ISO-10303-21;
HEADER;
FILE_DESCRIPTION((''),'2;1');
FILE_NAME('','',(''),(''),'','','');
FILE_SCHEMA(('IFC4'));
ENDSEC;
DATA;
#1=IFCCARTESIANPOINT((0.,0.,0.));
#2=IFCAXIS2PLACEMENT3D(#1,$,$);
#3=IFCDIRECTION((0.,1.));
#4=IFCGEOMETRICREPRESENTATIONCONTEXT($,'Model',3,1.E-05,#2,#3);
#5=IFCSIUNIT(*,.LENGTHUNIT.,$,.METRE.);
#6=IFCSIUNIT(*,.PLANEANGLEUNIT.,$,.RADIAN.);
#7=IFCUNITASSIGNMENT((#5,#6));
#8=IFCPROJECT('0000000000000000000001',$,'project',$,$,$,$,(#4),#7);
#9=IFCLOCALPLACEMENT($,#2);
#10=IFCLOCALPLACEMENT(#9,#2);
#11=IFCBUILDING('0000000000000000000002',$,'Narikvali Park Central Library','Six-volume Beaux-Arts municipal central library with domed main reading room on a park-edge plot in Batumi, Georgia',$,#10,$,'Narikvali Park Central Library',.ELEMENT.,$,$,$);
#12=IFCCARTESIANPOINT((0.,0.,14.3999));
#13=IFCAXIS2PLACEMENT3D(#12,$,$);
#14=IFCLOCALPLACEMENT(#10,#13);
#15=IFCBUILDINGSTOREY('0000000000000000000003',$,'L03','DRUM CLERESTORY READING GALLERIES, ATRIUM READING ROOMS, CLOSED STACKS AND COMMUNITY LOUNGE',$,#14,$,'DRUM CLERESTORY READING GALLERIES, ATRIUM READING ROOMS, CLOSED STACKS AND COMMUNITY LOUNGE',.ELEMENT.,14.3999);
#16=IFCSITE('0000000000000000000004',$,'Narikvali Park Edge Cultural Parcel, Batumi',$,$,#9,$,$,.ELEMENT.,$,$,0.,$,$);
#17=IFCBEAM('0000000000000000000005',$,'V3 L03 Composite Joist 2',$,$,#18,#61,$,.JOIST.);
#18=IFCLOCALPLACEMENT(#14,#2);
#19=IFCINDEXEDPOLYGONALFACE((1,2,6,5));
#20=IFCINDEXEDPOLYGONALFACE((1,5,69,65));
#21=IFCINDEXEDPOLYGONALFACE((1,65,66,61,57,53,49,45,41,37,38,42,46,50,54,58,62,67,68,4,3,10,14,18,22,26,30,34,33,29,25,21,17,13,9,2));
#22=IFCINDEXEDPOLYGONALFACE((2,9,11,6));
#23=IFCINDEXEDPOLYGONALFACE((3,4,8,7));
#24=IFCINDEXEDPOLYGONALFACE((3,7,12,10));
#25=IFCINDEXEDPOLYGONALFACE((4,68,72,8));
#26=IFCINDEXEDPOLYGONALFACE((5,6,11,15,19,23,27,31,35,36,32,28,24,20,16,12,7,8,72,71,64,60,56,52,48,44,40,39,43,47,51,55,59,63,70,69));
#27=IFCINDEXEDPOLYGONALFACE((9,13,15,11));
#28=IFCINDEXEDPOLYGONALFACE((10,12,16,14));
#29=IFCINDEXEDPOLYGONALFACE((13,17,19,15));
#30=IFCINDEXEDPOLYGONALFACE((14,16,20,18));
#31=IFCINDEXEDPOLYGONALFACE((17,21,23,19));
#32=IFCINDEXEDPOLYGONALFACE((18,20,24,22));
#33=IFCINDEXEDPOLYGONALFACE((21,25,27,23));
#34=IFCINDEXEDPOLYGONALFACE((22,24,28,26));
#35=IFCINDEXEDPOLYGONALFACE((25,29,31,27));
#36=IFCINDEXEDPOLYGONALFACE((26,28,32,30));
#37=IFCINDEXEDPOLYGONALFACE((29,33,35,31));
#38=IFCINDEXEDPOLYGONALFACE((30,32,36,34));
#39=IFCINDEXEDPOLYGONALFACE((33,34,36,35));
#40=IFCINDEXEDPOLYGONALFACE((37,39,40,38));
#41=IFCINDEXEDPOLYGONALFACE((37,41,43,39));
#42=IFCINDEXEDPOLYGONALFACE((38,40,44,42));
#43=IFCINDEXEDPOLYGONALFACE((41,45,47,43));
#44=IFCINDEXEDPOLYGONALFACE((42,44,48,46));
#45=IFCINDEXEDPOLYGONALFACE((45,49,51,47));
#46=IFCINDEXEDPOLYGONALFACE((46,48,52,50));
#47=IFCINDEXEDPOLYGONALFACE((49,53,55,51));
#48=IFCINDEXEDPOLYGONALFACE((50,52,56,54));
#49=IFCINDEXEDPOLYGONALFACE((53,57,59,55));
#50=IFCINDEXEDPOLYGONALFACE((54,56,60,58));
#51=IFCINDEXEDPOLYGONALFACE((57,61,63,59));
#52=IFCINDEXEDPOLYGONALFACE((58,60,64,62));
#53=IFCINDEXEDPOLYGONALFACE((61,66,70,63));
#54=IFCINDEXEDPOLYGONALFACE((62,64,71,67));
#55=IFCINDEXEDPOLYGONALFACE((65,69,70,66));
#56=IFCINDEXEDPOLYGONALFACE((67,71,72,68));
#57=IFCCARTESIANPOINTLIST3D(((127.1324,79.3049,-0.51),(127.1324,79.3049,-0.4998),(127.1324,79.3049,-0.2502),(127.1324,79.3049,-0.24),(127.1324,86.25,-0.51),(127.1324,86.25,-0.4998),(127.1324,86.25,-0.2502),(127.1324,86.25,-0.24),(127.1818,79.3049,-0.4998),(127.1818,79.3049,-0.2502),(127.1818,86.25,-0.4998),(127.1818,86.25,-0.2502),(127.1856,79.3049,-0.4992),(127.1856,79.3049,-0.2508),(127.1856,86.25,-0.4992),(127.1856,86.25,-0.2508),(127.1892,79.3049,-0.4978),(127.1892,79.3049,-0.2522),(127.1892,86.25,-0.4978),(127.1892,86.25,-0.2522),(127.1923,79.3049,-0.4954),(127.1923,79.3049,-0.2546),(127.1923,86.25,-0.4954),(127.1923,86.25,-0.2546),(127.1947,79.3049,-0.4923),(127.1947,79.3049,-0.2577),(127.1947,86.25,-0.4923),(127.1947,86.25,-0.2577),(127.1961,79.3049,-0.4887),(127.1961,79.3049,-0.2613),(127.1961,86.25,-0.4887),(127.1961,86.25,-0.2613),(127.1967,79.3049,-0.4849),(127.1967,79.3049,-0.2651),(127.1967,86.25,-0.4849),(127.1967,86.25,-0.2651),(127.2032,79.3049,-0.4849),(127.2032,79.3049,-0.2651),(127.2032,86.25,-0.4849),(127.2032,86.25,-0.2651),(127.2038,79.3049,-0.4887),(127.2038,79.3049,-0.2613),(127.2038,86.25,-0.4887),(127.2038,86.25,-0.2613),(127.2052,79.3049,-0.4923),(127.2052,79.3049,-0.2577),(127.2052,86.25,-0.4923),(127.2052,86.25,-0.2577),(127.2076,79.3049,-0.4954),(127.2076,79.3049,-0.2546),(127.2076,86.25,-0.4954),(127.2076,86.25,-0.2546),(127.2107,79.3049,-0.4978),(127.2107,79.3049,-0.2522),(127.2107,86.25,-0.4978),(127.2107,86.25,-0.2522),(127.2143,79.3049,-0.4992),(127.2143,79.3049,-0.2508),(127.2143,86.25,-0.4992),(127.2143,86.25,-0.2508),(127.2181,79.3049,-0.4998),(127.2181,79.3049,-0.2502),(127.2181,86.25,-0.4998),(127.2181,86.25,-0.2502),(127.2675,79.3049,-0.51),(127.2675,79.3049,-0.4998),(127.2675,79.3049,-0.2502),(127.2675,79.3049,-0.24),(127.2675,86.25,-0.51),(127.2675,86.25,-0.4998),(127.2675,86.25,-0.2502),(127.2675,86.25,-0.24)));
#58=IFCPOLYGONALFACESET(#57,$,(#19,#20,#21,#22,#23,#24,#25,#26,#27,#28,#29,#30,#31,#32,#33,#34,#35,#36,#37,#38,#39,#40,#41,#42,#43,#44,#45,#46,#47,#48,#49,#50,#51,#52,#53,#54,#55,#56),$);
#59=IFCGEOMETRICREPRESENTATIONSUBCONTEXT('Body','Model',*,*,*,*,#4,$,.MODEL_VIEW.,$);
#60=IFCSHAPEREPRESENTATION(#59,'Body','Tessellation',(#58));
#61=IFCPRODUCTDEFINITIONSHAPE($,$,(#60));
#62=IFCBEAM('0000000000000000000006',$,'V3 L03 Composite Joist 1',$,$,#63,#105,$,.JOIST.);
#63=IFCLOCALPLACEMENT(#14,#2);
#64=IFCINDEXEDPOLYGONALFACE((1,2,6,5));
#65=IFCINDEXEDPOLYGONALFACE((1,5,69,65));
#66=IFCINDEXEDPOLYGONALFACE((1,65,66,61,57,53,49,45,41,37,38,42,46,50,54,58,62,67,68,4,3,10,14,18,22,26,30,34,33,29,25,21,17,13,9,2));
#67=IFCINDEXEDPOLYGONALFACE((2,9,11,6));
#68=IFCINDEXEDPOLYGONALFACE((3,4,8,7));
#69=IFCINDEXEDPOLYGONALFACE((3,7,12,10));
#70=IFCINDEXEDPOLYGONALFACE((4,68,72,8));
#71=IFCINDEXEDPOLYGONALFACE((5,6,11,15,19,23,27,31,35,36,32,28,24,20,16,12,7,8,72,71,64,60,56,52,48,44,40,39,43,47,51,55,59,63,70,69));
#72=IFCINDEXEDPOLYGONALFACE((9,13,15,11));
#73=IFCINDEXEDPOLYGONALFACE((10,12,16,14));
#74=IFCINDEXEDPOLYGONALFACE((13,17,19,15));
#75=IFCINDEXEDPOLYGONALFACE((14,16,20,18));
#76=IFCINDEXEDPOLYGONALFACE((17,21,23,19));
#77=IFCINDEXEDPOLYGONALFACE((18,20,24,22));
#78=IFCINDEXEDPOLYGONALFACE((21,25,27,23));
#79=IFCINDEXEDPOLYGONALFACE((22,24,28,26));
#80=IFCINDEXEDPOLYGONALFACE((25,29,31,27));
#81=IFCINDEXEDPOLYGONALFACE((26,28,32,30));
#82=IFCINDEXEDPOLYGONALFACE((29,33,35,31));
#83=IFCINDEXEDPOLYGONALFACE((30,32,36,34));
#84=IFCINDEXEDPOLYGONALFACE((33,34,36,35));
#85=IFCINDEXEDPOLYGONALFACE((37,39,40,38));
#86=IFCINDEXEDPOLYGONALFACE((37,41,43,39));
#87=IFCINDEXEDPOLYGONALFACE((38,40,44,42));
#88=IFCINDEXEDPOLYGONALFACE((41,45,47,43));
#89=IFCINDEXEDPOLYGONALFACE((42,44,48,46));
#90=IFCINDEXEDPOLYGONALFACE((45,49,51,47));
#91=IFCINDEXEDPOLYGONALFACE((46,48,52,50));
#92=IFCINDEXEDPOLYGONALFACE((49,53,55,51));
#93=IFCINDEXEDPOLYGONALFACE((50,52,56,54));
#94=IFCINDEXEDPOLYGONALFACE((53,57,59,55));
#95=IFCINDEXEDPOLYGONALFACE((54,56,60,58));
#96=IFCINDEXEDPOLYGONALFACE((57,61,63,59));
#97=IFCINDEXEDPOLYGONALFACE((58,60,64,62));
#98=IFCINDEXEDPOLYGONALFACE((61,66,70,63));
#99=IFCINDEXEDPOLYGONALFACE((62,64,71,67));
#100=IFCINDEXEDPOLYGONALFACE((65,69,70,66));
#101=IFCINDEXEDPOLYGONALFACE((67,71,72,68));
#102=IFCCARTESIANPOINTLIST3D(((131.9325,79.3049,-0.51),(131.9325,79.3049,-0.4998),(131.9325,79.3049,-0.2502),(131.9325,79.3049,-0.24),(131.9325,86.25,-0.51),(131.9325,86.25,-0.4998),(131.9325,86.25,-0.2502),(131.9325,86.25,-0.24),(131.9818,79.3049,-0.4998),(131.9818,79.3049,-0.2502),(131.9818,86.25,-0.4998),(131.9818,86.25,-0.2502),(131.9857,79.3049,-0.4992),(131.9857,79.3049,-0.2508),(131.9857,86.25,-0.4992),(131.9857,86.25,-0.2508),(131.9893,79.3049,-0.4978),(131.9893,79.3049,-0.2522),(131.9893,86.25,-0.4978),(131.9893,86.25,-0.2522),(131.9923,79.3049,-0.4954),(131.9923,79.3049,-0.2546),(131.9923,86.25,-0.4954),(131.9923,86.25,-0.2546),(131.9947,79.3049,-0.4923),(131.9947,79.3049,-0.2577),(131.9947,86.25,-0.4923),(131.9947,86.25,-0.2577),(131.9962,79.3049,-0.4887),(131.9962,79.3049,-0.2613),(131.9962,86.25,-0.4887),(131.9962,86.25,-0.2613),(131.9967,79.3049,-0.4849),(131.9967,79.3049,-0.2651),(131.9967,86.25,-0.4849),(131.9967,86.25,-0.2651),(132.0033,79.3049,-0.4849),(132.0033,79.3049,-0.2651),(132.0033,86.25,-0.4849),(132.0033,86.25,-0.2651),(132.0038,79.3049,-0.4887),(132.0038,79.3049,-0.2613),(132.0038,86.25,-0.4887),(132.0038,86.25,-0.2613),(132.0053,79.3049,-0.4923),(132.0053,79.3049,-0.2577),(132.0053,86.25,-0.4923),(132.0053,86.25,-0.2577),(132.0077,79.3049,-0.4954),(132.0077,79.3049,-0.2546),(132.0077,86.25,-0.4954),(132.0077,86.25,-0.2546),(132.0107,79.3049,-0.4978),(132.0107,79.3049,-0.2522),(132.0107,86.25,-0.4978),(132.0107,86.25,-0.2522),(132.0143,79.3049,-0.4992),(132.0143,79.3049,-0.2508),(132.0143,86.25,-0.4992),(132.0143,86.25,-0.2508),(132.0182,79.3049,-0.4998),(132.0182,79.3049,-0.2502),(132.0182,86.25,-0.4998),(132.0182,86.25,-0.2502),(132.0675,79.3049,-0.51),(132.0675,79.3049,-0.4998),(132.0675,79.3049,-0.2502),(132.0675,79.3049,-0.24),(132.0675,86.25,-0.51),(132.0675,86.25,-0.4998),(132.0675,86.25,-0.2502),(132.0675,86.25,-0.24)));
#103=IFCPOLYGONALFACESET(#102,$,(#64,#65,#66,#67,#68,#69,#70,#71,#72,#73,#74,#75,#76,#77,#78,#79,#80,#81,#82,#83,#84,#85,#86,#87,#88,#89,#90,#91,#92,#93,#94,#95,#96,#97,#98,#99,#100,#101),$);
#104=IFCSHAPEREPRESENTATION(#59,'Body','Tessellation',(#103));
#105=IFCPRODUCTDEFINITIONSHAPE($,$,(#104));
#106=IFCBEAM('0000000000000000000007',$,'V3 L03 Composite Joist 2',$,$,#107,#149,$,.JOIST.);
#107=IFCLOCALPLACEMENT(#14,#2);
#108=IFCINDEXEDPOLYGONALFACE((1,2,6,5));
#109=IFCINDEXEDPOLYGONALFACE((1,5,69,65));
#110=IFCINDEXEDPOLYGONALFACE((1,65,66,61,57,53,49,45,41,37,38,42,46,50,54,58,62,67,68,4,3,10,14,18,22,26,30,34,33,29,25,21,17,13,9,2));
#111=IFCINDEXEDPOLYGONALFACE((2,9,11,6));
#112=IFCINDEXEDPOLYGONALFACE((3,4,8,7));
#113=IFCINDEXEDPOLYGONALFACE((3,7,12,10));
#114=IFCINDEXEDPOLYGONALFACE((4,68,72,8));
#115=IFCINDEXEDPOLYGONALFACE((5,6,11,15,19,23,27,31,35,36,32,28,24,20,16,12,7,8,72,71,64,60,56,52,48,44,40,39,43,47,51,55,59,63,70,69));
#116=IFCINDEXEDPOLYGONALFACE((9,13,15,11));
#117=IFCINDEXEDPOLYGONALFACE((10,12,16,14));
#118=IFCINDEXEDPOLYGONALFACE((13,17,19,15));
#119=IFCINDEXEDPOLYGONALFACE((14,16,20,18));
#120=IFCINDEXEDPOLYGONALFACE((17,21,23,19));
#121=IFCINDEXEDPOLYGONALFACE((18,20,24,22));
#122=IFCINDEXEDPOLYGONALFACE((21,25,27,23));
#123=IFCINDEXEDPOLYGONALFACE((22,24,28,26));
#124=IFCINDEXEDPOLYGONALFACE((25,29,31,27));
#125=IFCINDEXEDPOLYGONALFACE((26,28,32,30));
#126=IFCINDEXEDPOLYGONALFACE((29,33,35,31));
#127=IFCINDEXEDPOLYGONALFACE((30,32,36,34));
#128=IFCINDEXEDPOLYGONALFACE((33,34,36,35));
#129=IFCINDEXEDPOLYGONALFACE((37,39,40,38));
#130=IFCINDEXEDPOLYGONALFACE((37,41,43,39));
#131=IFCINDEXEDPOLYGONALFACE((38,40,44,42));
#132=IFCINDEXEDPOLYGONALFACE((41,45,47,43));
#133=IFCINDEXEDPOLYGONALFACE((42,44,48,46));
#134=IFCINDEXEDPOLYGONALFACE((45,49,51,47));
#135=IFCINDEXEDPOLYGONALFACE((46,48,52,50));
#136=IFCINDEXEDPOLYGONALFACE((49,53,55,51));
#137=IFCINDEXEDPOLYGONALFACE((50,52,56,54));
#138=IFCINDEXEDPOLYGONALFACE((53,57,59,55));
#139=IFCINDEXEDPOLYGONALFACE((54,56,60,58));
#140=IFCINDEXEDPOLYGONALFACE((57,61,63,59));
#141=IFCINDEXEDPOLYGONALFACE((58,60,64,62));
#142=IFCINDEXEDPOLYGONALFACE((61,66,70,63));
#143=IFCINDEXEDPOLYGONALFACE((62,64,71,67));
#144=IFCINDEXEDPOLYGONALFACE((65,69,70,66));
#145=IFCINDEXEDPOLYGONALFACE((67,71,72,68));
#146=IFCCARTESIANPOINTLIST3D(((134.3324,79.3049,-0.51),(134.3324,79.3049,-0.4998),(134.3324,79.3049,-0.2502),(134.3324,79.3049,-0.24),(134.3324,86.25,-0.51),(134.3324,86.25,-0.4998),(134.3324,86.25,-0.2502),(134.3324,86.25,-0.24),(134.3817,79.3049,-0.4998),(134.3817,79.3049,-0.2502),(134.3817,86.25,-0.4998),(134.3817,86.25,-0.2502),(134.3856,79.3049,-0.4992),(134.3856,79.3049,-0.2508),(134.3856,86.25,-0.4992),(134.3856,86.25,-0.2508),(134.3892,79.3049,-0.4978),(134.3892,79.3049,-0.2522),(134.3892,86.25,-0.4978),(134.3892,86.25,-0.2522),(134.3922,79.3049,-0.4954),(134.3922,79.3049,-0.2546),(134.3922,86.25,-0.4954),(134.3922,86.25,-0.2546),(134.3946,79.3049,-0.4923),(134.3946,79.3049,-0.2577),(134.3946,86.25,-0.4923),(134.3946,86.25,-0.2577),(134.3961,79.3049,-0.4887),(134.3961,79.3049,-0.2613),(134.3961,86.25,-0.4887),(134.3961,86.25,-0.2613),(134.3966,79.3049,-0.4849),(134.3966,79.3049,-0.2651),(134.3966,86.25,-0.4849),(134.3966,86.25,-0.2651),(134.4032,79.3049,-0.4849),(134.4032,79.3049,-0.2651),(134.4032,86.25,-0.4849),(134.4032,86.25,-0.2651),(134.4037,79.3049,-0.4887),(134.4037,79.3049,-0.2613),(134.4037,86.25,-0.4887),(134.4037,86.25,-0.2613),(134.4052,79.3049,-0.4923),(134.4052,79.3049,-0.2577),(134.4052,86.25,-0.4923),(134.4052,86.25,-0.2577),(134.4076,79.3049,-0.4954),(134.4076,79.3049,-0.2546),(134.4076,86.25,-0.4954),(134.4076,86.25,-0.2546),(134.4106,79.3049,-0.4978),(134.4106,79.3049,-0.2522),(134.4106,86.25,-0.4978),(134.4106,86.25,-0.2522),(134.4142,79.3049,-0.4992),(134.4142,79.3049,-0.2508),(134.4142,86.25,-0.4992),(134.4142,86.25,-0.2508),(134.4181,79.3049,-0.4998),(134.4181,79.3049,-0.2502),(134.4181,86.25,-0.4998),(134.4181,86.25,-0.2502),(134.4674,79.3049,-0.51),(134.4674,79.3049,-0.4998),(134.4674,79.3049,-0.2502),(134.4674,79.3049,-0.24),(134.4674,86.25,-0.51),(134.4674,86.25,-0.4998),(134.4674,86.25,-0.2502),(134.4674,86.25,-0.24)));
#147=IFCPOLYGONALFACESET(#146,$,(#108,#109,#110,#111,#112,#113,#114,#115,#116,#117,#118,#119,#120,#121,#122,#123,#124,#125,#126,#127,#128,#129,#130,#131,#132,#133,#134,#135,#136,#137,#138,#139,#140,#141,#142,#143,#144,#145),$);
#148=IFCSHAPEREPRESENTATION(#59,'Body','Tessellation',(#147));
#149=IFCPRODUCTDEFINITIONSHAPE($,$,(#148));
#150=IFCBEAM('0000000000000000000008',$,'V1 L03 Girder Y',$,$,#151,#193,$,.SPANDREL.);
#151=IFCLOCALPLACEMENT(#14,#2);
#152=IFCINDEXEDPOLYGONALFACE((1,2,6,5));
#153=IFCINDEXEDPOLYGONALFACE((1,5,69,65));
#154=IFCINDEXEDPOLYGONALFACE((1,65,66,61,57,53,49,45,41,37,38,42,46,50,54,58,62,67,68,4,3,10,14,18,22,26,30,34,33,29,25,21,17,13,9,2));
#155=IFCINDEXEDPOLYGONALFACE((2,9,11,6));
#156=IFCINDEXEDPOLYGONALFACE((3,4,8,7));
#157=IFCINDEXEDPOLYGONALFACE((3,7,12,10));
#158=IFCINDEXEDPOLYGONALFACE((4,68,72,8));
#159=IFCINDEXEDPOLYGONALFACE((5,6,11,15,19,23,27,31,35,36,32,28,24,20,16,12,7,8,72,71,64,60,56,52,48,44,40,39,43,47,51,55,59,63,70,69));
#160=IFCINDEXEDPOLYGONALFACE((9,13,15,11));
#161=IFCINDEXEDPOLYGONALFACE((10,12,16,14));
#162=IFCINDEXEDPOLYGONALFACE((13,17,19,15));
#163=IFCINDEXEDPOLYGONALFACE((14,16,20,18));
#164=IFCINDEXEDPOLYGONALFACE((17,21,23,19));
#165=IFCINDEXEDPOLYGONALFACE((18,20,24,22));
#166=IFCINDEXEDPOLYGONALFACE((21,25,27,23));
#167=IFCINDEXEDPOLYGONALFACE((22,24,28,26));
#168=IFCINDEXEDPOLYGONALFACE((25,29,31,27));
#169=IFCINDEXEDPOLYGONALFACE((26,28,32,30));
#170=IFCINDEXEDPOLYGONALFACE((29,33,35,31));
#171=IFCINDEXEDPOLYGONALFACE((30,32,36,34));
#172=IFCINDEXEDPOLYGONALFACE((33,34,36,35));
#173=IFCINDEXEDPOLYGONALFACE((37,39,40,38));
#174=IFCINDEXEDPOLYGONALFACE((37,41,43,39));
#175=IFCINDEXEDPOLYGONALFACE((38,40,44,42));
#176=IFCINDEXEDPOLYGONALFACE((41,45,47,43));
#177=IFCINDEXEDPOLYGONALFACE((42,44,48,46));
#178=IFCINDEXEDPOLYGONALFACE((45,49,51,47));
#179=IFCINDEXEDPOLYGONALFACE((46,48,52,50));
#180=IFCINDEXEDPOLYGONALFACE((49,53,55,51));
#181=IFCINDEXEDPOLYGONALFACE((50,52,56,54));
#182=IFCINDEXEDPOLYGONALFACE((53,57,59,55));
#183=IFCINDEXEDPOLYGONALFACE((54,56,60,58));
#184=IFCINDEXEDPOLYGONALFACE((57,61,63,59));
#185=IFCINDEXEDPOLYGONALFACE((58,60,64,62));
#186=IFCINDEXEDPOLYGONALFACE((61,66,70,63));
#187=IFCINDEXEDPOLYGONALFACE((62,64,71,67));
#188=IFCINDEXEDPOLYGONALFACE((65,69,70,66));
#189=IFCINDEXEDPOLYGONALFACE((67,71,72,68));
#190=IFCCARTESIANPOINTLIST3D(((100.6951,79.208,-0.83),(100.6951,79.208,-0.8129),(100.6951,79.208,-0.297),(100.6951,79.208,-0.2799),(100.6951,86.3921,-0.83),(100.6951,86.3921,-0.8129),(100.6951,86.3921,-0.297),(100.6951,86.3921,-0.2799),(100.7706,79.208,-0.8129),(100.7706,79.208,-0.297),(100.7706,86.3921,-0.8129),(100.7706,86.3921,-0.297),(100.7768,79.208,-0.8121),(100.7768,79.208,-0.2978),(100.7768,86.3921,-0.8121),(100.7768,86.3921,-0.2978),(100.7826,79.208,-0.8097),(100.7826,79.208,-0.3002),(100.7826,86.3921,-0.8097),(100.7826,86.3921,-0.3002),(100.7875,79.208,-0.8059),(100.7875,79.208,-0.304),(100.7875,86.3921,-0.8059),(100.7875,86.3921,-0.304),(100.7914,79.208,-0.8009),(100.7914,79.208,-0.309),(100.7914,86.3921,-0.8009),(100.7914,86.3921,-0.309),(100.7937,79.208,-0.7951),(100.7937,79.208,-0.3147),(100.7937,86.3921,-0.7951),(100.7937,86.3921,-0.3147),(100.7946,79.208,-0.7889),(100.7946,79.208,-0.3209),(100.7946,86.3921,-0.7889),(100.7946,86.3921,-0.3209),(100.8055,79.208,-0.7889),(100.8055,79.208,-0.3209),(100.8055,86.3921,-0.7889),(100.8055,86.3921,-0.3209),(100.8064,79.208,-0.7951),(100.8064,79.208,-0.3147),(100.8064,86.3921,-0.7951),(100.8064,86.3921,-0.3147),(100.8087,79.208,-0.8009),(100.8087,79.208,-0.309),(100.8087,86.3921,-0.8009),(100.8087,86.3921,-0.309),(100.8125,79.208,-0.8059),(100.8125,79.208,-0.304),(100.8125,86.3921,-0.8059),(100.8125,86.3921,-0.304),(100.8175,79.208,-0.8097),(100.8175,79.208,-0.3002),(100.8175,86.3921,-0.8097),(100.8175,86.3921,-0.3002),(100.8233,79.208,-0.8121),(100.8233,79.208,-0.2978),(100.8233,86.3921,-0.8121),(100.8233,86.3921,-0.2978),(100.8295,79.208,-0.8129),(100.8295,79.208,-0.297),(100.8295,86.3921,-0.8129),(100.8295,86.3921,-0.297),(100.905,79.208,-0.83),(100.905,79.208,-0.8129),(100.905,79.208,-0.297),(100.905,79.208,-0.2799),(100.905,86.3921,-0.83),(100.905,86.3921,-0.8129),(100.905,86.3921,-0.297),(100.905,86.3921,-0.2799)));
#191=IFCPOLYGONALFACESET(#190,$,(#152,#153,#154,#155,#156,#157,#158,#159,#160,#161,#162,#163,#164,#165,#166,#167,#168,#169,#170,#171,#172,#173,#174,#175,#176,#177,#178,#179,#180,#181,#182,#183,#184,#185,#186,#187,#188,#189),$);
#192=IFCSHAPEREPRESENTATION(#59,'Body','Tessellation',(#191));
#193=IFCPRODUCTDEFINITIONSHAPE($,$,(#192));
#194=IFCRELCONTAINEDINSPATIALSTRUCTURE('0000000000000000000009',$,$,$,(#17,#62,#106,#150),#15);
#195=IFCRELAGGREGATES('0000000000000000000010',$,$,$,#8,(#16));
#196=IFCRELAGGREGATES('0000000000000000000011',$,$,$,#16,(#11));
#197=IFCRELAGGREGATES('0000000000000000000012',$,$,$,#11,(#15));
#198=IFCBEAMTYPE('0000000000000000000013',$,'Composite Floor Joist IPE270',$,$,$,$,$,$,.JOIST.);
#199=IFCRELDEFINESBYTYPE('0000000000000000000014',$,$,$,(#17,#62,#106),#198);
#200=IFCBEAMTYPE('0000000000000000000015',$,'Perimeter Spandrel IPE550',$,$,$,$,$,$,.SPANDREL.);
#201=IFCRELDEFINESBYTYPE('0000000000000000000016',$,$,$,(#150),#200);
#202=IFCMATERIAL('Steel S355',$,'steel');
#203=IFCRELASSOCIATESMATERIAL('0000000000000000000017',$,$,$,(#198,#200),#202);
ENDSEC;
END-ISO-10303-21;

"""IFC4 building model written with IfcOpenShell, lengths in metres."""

from ifc_helpers import new_model, si_unit, direction, frame, origin, origin_2d, place, context, subcontext, project, spatial, i_section, extrude, material, material_profile, profile_set, type_object, element, save


model = new_model("IFC4")

# Units and contexts
model_context = context("Model", 3, precision=1e-05, world=origin(), true_north=direction((0.0, 1.0)))
body_context = subcontext(model_context, "Body", "Model", "MODEL_VIEW")
ifc_project = project(units=[si_unit("LENGTHUNIT", "METRE"), si_unit("PLANEANGLEUNIT", "RADIAN")], contexts=[model_context])

# Site, building, storey
site_placement = place(None, origin())
site = spatial("IfcSite", under=ifc_project, at=site_placement, Name="Narikvali Park Edge Cultural Parcel, Batumi", CompositionType="ELEMENT", RefElevation=0.0)
building_placement = place(site_placement, origin())
building = spatial("IfcBuilding", under=site, at=building_placement, Name="Narikvali Park Central Library", Description="Six-volume Beaux-Arts municipal central library with domed main reading room on a park-edge plot in Batumi, Georgia", LongName="Narikvali Park Central Library", CompositionType="ELEMENT")
storey_placement = place(building_placement, frame((0.0, 0.0, 14.3999)))
storey = spatial("IfcBuildingStorey", under=building, at=storey_placement, Name="L03", Description="DRUM CLERESTORY READING GALLERIES, ATRIUM READING ROOMS, CLOSED STACKS AND COMMUNITY LOUNGE", LongName="DRUM CLERESTORY READING GALLERIES, ATRIUM READING ROOMS, CLOSED STACKS AND COMMUNITY LOUNGE", CompositionType="ELEMENT", Elevation=14.3999)

# Shared definitions
ifc_material_1 = material(Name="Steel S355", Category="steel")

# Beams
ifc_material_profile_1 = material_profile(ifc_material_1, i_section(OverallWidth=0.135, OverallDepth=0.27, WebThickness=0.0066, FlangeThickness=0.0103, FilletRadius=0.0149, at=origin_2d()), Name="IPE 270")
ifc_profile_set_1 = profile_set([ifc_material_profile_1], Name="Steel S355")
beam_type_1 = type_object("IfcBeamType", Name="Composite Floor Joist IPE270", PredefinedType="JOIST", material=ifc_profile_set_1)
for number, where, z_axis, x_axis, name in (
    (1, (127.2, 79.3049, -0.375), (0.0, 1.0, 0.0), (-1.0, 0.0, 0.0), "V3 L03 Composite Joist 2"),
    (2, (132.0, 79.3049, -0.375), (0.0, 1.0, 0.0), (-1.0, 0.0, 0.0), "V3 L03 Composite Joist 1"),
    (3, (134.3999, 79.3049, -0.375), (0.0, 1.0, 0.0), (-1.0, 0.0, 0.0), "V3 L03 Composite Joist 2"),
):
    element("IfcBeam", number, at=place(storey_placement, frame(where, z_axis=z_axis, x_axis=x_axis)), inside=storey, type_object=beam_type_1, Name=name, PredefinedType="JOIST", context=body_context, shape_type="SweptSolid", body=[
        extrude(i_section(OverallWidth=0.135, OverallDepth=0.27, WebThickness=0.0066, FlangeThickness=0.0103, FilletRadius=0.0149, at=origin_2d()), origin(), (0.0, 0.0, 1.0), 6.9451),
    ])
ifc_material_profile_2 = material_profile(ifc_material_1, i_section(OverallWidth=0.21, OverallDepth=0.55, WebThickness=0.011, FlangeThickness=0.0171, FilletRadius=0.0239, at=origin_2d()), Name="IPE 550")
ifc_profile_set_2 = profile_set([ifc_material_profile_2], Name="Steel S355")
beam_type_2 = type_object("IfcBeamType", Name="Perimeter Spandrel IPE550", PredefinedType="SPANDREL", material=ifc_profile_set_2)
for number, where, z_axis, x_axis, name in (
    (4, (100.8, 79.208, -0.5549), (0.0, 1.0, 0.0), (-1.0, 0.0, 0.0), "V1 L03 Girder Y"),
):
    element("IfcBeam", number, at=place(storey_placement, frame(where, z_axis=z_axis, x_axis=x_axis)), inside=storey, type_object=beam_type_2, Name=name, PredefinedType="SPANDREL", context=body_context, shape_type="SweptSolid", body=[
        extrude(i_section(OverallWidth=0.21, OverallDepth=0.55, WebThickness=0.011, FlangeThickness=0.0171, FilletRadius=0.0239, at=origin_2d()), origin(), (0.0, 0.0, 1.0), 7.1841),
    ])

save(model, "model.ifc")
